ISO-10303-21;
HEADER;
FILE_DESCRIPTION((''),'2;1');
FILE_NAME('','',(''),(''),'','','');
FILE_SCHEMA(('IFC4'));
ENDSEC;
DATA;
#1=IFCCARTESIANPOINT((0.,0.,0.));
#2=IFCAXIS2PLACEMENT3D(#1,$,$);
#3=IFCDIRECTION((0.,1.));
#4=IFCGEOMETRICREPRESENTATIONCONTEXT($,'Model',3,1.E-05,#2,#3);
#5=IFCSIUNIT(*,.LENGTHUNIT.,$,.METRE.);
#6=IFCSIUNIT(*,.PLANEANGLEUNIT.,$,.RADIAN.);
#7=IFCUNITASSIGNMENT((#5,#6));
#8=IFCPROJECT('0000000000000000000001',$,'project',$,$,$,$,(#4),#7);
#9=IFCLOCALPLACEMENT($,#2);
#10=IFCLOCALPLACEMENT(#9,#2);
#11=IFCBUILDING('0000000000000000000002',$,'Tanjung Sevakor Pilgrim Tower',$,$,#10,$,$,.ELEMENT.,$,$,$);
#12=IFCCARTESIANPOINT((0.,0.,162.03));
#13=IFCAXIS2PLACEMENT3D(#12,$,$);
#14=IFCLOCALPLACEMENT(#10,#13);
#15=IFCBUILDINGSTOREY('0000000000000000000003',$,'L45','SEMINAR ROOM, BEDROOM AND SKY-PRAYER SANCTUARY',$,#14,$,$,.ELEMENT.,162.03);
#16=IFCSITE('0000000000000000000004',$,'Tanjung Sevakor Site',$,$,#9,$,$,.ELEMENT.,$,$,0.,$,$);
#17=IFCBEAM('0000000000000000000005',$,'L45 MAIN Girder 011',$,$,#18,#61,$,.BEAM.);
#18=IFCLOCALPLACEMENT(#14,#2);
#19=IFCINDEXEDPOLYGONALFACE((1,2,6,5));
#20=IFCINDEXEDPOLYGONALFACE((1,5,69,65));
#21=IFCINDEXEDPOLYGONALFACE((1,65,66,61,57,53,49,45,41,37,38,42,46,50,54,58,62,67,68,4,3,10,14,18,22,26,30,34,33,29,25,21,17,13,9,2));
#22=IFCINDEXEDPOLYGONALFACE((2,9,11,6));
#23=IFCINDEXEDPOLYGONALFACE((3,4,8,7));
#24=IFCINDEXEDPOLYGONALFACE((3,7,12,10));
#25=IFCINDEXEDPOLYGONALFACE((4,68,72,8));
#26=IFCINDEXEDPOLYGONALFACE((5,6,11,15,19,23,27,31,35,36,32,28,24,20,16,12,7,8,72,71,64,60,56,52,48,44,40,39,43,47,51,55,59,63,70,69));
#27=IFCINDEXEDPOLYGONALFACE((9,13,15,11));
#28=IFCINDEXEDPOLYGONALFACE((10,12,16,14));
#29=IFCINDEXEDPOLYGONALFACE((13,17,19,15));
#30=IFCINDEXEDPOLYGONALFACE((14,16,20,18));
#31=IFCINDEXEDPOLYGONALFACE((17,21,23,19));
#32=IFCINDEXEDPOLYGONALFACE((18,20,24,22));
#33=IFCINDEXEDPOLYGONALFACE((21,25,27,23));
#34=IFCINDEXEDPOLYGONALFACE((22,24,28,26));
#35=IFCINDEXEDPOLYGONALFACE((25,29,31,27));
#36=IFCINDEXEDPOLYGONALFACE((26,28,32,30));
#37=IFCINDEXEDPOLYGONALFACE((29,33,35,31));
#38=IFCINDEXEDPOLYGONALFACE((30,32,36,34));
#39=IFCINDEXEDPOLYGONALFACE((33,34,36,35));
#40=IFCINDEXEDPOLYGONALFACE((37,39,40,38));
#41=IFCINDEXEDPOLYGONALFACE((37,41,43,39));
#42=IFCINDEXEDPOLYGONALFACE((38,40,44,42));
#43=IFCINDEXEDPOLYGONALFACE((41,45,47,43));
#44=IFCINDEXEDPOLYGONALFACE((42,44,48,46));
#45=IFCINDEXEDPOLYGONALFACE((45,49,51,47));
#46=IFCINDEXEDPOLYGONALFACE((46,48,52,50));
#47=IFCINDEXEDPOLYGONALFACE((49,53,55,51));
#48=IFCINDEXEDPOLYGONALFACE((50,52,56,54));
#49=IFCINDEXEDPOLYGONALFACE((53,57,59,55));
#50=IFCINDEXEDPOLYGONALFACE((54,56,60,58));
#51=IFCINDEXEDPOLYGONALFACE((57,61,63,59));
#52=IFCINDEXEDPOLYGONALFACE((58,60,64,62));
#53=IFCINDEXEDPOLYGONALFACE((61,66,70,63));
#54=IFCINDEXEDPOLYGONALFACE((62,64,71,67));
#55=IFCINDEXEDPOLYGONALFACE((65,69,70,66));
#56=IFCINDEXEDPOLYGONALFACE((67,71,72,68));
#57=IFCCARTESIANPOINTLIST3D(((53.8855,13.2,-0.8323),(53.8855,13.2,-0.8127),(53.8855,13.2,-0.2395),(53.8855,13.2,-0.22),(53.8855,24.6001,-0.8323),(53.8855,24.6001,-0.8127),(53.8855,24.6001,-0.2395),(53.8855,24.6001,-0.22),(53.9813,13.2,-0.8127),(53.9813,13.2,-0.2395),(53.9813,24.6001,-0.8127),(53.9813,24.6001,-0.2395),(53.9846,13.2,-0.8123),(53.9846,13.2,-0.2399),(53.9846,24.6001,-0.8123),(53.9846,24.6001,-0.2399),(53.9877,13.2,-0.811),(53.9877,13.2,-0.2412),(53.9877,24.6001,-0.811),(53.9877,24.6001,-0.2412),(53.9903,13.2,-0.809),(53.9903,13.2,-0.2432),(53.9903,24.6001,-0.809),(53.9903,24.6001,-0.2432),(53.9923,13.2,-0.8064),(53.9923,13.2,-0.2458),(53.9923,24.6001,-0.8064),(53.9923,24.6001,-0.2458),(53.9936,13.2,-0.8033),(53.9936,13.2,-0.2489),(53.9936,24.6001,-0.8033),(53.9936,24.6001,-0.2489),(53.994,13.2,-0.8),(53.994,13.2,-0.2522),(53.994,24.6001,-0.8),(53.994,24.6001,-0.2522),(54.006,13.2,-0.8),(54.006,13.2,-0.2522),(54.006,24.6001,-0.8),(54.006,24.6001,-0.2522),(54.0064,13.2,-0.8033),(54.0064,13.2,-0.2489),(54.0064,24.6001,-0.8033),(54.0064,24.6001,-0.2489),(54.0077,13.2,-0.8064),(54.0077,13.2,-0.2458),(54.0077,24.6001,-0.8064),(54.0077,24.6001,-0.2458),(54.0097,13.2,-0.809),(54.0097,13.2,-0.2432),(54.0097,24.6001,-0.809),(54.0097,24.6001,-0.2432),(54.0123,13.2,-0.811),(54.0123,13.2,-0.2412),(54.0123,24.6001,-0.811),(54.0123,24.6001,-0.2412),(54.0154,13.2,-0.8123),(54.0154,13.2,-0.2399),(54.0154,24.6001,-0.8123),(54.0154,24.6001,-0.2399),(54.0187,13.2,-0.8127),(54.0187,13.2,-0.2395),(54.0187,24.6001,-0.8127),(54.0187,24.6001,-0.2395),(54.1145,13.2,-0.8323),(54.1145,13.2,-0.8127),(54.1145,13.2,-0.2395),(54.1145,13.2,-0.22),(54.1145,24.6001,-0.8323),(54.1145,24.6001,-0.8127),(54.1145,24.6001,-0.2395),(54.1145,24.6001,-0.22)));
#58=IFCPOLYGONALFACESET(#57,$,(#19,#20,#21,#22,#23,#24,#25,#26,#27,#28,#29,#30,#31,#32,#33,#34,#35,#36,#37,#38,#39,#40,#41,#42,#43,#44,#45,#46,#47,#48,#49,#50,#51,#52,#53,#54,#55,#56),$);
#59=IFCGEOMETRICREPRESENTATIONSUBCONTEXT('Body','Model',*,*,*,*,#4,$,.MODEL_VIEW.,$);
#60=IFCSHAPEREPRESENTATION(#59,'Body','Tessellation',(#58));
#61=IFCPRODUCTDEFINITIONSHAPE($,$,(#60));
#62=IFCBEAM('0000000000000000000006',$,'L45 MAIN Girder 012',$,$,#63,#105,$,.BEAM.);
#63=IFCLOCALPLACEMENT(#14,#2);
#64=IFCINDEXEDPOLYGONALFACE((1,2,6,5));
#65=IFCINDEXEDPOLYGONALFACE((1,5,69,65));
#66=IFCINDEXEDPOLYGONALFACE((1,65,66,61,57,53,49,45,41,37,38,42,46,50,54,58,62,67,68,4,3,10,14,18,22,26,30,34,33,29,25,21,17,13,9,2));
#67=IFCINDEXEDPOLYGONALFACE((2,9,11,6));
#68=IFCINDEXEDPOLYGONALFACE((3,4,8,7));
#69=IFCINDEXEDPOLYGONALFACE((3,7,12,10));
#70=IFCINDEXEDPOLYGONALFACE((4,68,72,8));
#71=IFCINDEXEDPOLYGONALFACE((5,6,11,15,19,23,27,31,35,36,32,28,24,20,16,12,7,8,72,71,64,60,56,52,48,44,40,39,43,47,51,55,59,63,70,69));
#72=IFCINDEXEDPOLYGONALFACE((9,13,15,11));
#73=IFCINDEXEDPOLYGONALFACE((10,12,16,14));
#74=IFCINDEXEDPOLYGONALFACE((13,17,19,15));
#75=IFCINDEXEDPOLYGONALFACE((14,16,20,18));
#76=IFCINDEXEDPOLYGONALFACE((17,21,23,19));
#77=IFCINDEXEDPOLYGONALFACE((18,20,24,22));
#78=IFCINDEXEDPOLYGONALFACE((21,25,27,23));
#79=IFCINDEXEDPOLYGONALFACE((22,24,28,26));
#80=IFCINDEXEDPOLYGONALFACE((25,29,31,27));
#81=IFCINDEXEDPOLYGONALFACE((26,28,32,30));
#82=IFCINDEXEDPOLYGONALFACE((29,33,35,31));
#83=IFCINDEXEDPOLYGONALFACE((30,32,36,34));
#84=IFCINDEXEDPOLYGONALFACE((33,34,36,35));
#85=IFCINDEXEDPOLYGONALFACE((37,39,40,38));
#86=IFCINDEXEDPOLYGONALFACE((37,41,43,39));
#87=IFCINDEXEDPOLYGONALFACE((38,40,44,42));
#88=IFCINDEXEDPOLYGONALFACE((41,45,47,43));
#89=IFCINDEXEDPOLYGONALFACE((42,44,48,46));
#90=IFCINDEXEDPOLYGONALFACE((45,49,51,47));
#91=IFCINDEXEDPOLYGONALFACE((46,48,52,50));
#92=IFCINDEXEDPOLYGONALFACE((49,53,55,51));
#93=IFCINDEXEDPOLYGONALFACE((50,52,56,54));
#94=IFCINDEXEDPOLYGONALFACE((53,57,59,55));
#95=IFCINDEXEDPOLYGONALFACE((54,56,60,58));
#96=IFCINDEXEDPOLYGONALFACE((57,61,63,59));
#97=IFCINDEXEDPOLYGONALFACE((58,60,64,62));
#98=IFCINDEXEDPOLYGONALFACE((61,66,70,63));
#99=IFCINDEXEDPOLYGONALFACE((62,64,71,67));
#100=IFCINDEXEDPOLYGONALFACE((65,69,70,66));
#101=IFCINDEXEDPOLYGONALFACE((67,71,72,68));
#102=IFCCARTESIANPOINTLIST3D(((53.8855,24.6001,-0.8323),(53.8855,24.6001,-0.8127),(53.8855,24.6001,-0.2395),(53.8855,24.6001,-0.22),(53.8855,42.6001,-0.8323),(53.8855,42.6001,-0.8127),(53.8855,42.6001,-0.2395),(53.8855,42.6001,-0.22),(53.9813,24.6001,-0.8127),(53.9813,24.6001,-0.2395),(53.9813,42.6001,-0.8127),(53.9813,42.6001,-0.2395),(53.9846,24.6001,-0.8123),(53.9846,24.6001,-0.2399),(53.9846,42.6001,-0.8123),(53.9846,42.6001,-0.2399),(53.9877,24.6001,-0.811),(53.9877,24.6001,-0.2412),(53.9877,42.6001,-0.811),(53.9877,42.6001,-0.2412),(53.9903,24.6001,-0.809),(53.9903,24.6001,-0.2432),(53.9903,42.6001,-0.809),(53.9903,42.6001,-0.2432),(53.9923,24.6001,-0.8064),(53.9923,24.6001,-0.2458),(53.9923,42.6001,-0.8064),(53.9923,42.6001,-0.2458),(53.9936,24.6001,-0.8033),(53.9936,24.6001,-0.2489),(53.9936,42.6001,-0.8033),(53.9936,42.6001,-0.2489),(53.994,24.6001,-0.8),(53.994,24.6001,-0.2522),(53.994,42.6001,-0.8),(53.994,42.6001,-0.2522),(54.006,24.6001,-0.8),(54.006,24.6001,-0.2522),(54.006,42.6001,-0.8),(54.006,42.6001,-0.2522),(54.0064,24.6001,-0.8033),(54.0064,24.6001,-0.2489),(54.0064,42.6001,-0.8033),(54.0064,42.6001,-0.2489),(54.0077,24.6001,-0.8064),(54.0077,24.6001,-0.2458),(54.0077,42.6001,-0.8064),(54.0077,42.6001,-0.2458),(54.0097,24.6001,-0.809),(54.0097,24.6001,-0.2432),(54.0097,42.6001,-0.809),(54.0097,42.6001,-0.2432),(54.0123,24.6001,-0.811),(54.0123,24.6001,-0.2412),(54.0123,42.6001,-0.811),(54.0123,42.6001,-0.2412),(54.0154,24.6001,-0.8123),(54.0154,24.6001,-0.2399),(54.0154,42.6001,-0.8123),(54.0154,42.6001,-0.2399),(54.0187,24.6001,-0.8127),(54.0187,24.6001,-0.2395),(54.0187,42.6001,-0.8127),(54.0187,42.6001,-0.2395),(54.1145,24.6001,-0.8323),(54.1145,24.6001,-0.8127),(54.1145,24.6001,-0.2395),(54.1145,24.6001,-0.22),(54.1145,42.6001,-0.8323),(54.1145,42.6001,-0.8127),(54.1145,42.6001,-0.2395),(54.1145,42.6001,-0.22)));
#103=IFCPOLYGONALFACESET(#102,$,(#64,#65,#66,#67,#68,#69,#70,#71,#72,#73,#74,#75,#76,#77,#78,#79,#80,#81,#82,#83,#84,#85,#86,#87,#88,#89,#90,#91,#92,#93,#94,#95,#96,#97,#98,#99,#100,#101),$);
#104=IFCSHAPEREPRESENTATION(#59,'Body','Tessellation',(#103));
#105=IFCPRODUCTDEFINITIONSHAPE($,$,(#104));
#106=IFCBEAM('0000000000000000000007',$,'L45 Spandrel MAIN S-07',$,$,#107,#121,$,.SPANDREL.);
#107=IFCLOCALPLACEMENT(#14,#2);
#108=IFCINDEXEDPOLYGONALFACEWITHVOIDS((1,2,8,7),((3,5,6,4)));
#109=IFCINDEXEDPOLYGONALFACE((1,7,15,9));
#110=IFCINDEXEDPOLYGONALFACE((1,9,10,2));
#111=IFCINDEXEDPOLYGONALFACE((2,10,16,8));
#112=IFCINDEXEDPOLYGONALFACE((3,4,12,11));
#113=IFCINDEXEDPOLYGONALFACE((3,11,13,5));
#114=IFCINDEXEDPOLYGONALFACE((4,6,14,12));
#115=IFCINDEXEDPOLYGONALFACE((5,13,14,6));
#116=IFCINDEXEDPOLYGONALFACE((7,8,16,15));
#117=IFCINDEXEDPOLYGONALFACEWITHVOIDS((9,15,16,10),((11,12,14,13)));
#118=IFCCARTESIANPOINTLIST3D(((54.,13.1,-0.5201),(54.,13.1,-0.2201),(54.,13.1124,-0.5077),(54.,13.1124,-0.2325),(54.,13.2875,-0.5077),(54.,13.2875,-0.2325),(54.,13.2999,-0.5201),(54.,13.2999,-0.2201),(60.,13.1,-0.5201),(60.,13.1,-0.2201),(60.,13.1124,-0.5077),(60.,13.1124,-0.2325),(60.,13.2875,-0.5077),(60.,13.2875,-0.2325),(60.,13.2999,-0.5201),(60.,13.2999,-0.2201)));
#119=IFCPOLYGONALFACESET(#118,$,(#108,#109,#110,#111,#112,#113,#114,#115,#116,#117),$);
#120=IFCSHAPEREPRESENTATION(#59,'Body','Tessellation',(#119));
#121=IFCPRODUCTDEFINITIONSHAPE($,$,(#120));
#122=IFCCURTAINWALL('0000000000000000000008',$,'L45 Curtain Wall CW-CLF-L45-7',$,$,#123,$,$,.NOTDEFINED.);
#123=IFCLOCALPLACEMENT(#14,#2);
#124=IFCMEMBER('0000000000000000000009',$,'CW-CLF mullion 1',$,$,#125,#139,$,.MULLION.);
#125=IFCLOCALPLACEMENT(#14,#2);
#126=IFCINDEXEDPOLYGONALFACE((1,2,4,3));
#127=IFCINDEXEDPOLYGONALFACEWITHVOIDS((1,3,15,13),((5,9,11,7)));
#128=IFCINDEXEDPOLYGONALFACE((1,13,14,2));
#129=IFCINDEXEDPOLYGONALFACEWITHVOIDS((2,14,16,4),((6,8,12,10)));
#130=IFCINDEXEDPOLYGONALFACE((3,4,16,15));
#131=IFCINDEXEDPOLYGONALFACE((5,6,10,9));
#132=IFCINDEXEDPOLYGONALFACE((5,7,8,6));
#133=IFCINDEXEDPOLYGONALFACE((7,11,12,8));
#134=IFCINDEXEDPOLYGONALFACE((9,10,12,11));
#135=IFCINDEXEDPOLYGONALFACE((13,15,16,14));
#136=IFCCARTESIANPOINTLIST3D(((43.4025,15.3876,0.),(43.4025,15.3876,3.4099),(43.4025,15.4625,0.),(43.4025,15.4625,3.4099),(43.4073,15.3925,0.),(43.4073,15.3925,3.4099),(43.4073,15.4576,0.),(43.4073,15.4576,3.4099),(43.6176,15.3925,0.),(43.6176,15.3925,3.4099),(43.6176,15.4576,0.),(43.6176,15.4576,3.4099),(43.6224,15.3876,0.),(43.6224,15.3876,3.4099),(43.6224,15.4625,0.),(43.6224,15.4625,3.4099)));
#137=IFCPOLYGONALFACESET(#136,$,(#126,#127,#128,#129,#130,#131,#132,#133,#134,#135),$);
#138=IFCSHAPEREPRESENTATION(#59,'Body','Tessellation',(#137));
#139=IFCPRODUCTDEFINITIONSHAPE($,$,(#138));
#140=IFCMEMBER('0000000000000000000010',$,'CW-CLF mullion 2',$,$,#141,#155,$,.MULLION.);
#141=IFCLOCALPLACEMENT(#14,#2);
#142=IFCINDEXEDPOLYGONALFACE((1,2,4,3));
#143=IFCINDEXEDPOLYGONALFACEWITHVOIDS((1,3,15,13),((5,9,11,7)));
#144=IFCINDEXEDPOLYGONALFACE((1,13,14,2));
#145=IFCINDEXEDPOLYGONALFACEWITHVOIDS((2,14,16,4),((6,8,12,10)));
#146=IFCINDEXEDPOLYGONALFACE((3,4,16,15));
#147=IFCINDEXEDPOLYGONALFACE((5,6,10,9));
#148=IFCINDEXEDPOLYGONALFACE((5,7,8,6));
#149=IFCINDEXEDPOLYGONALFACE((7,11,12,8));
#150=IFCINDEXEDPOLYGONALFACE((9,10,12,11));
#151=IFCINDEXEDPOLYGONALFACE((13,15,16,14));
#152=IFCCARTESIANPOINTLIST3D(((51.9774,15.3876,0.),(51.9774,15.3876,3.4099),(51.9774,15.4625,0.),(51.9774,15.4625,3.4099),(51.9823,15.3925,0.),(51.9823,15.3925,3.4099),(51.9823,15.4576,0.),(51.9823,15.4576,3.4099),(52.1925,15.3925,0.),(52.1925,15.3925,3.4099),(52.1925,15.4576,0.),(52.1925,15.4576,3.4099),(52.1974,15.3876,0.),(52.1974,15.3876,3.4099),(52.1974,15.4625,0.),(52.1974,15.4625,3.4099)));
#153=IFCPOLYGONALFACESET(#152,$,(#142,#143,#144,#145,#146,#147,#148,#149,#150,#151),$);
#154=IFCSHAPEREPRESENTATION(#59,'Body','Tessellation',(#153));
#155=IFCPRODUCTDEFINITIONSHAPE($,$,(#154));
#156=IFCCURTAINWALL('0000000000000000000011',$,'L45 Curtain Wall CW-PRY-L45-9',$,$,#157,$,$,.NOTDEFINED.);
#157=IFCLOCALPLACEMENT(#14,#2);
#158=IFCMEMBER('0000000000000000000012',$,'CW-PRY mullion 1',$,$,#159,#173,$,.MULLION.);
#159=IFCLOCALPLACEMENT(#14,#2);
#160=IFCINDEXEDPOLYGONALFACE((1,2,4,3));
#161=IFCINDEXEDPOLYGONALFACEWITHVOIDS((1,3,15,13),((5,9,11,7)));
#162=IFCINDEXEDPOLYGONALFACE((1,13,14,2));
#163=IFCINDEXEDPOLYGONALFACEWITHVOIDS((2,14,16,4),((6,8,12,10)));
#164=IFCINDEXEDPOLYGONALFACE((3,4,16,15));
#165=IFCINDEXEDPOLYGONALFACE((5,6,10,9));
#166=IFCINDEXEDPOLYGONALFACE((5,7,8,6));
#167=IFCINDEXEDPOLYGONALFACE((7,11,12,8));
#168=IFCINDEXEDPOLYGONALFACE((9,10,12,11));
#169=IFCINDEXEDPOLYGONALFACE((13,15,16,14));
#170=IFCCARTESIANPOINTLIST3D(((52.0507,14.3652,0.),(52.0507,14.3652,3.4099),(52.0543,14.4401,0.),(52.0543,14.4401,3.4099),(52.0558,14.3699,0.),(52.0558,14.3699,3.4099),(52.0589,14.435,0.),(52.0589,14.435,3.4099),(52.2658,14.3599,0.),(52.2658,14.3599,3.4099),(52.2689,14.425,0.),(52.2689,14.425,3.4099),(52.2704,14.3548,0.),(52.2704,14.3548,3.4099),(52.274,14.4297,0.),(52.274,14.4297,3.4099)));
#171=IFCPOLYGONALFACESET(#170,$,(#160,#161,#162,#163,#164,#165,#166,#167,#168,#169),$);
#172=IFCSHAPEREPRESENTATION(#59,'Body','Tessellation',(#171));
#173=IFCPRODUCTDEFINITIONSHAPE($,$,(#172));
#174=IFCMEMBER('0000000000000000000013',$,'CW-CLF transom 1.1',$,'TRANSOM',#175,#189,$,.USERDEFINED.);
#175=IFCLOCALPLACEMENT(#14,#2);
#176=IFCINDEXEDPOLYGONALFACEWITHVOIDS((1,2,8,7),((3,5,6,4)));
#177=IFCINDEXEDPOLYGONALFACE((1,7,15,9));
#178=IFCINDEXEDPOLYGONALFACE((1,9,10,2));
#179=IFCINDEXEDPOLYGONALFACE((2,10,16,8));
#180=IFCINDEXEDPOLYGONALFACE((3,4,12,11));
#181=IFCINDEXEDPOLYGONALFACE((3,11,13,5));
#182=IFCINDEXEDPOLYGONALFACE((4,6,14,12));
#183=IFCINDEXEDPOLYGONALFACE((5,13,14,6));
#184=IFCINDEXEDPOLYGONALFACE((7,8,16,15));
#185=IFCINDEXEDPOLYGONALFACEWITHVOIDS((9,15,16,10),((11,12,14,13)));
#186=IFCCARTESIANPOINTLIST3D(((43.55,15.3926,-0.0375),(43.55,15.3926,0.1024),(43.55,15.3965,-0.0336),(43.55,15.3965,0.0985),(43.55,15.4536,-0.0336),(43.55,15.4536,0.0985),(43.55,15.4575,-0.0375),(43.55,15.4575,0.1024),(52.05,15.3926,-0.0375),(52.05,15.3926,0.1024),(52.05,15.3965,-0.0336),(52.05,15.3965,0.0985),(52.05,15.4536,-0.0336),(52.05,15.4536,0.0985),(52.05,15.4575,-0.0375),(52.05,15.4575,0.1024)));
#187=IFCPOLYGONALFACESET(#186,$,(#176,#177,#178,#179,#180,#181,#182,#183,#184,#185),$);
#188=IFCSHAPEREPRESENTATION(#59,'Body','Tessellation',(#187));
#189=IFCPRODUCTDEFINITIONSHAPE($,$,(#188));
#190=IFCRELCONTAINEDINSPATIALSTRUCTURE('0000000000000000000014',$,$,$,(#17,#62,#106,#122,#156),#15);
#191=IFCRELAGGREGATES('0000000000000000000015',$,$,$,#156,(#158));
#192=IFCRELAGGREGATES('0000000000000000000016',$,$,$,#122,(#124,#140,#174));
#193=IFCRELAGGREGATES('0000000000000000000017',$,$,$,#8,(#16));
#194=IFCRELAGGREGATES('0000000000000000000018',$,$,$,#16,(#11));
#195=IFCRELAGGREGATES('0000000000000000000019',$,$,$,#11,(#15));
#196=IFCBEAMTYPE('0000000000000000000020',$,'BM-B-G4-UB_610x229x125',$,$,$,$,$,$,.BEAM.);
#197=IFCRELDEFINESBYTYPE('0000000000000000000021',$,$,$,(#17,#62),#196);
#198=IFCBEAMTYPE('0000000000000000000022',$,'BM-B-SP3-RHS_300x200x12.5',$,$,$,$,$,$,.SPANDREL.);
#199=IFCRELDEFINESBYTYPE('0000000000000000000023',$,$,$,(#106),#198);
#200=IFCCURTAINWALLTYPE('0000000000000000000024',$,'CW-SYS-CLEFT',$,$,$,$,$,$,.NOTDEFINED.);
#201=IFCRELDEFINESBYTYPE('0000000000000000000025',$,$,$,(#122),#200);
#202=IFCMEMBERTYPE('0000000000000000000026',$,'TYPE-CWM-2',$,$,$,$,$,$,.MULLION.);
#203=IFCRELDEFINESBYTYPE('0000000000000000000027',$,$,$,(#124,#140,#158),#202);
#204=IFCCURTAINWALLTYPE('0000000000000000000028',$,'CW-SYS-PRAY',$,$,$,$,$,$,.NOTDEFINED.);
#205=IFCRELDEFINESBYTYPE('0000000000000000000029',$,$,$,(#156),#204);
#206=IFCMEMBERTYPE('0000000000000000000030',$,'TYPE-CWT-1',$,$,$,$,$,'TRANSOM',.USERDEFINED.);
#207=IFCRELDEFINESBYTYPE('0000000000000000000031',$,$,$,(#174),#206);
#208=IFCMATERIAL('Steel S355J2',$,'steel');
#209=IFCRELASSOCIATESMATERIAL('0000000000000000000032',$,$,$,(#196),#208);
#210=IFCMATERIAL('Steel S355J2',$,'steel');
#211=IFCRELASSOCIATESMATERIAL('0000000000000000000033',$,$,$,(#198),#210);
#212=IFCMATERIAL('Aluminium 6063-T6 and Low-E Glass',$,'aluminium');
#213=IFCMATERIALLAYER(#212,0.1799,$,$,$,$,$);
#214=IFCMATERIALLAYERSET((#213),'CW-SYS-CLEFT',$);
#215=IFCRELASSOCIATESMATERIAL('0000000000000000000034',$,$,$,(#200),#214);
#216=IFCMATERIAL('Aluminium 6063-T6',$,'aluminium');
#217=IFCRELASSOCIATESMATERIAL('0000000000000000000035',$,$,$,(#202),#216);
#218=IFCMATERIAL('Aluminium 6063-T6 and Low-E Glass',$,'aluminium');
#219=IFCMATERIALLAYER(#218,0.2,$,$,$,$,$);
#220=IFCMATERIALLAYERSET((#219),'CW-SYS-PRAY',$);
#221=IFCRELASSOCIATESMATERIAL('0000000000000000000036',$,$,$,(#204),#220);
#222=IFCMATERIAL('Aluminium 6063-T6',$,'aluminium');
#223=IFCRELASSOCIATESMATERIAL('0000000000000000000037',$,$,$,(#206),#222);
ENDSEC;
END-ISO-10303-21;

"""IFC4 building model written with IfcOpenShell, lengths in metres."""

from ifc_helpers import new_model, si_unit, direction, frame, origin, origin_2d, place, context, subcontext, project, spatial, hollow_rectangle, i_section, extrude, material, layer, layer_set, material_profile, profile_set, type_object, element, aggregate, save


model = new_model("IFC4")

# Units and contexts
model_context = context("Model", 3, precision=1e-05, world=origin(), true_north=direction((0.0, 1.0)))
body_context = subcontext(model_context, "Body", "Model", "MODEL_VIEW")
ifc_project = project(units=[si_unit("LENGTHUNIT", "METRE"), si_unit("PLANEANGLEUNIT", "RADIAN")], contexts=[model_context])

# Site, building, storey
site_placement = place(None, origin())
site = spatial("IfcSite", under=ifc_project, at=site_placement, Name="Tanjung Sevakor Site", CompositionType="ELEMENT", RefElevation=0.0)
building_placement = place(site_placement, origin())
building = spatial("IfcBuilding", under=site, at=building_placement, Name="Tanjung Sevakor Pilgrim Tower", CompositionType="ELEMENT")
storey_placement = place(building_placement, frame((0.0, 0.0, 162.03)))
storey = spatial("IfcBuildingStorey", under=building, at=storey_placement, Name="L45", Description="SEMINAR ROOM, BEDROOM AND SKY-PRAYER SANCTUARY", CompositionType="ELEMENT", Elevation=162.03)

# Beams
ifc_material_1 = material(Name="Steel S355J2", Category="steel")
ifc_material_profile_1 = material_profile(ifc_material_1, i_section(OverallWidth=0.229, OverallDepth=0.6123, WebThickness=0.012, FlangeThickness=0.0195, FilletRadius=0.0127, at=origin_2d()))
ifc_profile_set_1 = profile_set([ifc_material_profile_1], Name="Steel S355J2")
beam_type_1 = type_object("IfcBeamType", Name="BM-B-G4-UB_610x229x125", PredefinedType="BEAM", material=ifc_profile_set_1)
beam_1_placement = place(storey_placement, frame((54.0, 13.2, -0.5261), z_axis=(0.0, 1.0, 0.0), x_axis=(-1.0, 0.0, 0.0)))
element("IfcBeam", 1, at=beam_1_placement, inside=storey, type_object=beam_type_1, Name="L45 MAIN Girder 011", PredefinedType="BEAM", context=body_context, shape_type="SweptSolid", body=[
    extrude(i_section(OverallWidth=0.229, OverallDepth=0.6123, WebThickness=0.012, FlangeThickness=0.0195, FilletRadius=0.0127, at=origin_2d()), origin(), (0.0, 0.0, 1.0), 11.4001),
])
beam_2_placement = place(storey_placement, frame((54.0, 24.6001, -0.5261), z_axis=(0.0, 1.0, 0.0), x_axis=(-1.0, 0.0, 0.0)))
element("IfcBeam", 2, at=beam_2_placement, inside=storey, type_object=beam_type_1, Name="L45 MAIN Girder 012", PredefinedType="BEAM", context=body_context, shape_type="SweptSolid", body=[
    extrude(i_section(OverallWidth=0.229, OverallDepth=0.6123, WebThickness=0.012, FlangeThickness=0.0195, FilletRadius=0.0127, at=origin_2d()), origin(), (0.0, 0.0, 1.0), 18.0),
])
ifc_material_2 = material(Name="Steel S355J2", Category="steel")
ifc_material_profile_2 = material_profile(ifc_material_2, hollow_rectangle(XDim=0.2, YDim=0.3, WallThickness=0.0125, at=origin_2d()))
ifc_profile_set_2 = profile_set([ifc_material_profile_2], Name="Steel S355J2")
beam_type_2 = type_object("IfcBeamType", Name="BM-B-SP3-RHS_300x200x12.5", PredefinedType="SPANDREL", material=ifc_profile_set_2)
beam_3_placement = place(storey_placement, frame((54.0, 13.2, -0.3701), z_axis=(1.0, 0.0, 0.0), x_axis=(0.0, 1.0, 0.0)))
element("IfcBeam", 3, at=beam_3_placement, inside=storey, type_object=beam_type_2, Name="L45 Spandrel MAIN S-07", PredefinedType="SPANDREL", context=body_context, shape_type="SweptSolid", body=[
    extrude(hollow_rectangle(XDim=0.2, YDim=0.3, WallThickness=0.0125, at=origin_2d()), origin(), (0.0, 0.0, 1.0), 6.0),
])

# Curtain wall, members
ifc_material_3 = material(Name="Aluminium 6063-T6 and Low-E Glass", Category="aluminium")
ifc_layer_1 = layer(ifc_material_3, 0.1799)
ifc_layer_set_1 = layer_set([ifc_layer_1], Name="CW-SYS-CLEFT")
curtain_wall_type_1 = type_object("IfcCurtainWallType", Name="CW-SYS-CLEFT", PredefinedType="NOTDEFINED", material=ifc_layer_set_1)
curtain_wall_1_placement = place(storey_placement, origin())
curtain_wall_1 = element("IfcCurtainWall", 4, at=curtain_wall_1_placement, inside=storey, type_object=curtain_wall_type_1, Name="L45 Curtain Wall CW-CLF-L45-7", PredefinedType="NOTDEFINED")
ifc_material_4 = material(Name="Aluminium 6063-T6", Category="aluminium")
ifc_material_profile_3 = material_profile(ifc_material_4, hollow_rectangle(XDim=0.075, YDim=0.22, WallThickness=0.0049, at=origin_2d()))
ifc_profile_set_3 = profile_set([ifc_material_profile_3], Name="Aluminium 6063-T6")
member_type_1 = type_object("IfcMemberType", Name="TYPE-CWM-2", PredefinedType="MULLION", material=ifc_profile_set_3)
member_1_placement = place(storey_placement, frame((43.5125, 15.425, 0.0), z_axis=(0.0, 0.0, 1.0), x_axis=(0.0, 1.0, 0.0)))
member_1 = element("IfcMember", 5, at=member_1_placement, type_object=member_type_1, Name="CW-CLF mullion 1", PredefinedType="MULLION", context=body_context, shape_type="SweptSolid", body=[
    extrude(hollow_rectangle(XDim=0.075, YDim=0.22, WallThickness=0.0049, at=origin_2d()), origin(), (0.0, 0.0, 1.0), 3.4099),
])
member_2_placement = place(storey_placement, frame((52.0874, 15.425, 0.0), z_axis=(0.0, 0.0, 1.0), x_axis=(0.0, 1.0, 0.0)))
member_2 = element("IfcMember", 6, at=member_2_placement, type_object=member_type_1, Name="CW-CLF mullion 2", PredefinedType="MULLION", context=body_context, shape_type="SweptSolid", body=[
    extrude(hollow_rectangle(XDim=0.075, YDim=0.22, WallThickness=0.0049, at=origin_2d()), origin(), (0.0, 0.0, 1.0), 3.4099),
])

# Curtain wall, member
ifc_material_5 = material(Name="Aluminium 6063-T6 and Low-E Glass", Category="aluminium")
ifc_layer_2 = layer(ifc_material_5, 0.2)
ifc_layer_set_2 = layer_set([ifc_layer_2], Name="CW-SYS-PRAY")
curtain_wall_type_2 = type_object("IfcCurtainWallType", Name="CW-SYS-PRAY", PredefinedType="NOTDEFINED", material=ifc_layer_set_2)
curtain_wall_2_placement = place(storey_placement, origin())
curtain_wall_2 = element("IfcCurtainWall", 7, at=curtain_wall_2_placement, inside=storey, type_object=curtain_wall_type_2, Name="L45 Curtain Wall CW-PRY-L45-9", PredefinedType="NOTDEFINED")
member_3_placement = place(storey_placement, frame((52.1624, 14.3975, 0.0), z_axis=(0.0, 0.0, 1.0), x_axis=(0.047343, 0.998879, 0.0)))
member_3 = element("IfcMember", 8, at=member_3_placement, type_object=member_type_1, Name="CW-PRY mullion 1", PredefinedType="MULLION", context=body_context, shape_type="SweptSolid", body=[
    extrude(hollow_rectangle(XDim=0.075, YDim=0.22, WallThickness=0.0049, at=origin_2d()), origin(), (0.0, 0.0, 1.0), 3.4099),
])

# Member
ifc_material_6 = material(Name="Aluminium 6063-T6", Category="aluminium")
ifc_material_profile_4 = material_profile(ifc_material_6, hollow_rectangle(XDim=0.0649, YDim=0.1399, WallThickness=0.0039, at=origin_2d()))
ifc_profile_set_4 = profile_set([ifc_material_profile_4], Name="Aluminium 6063-T6")
member_type_2 = type_object("IfcMemberType", Name="TYPE-CWT-1", ElementType="TRANSOM", PredefinedType="USERDEFINED", material=ifc_profile_set_4)
member_4_placement = place(storey_placement, frame((43.55, 15.425, 0.0325), z_axis=(1.0, 0.0, 0.0), x_axis=(0.0, 1.0, 0.0)))
member_4 = element("IfcMember", 9, at=member_4_placement, type_object=member_type_2, Name="CW-CLF transom 1.1", ObjectType="TRANSOM", PredefinedType="USERDEFINED", context=body_context, shape_type="SweptSolid", body=[
    extrude(hollow_rectangle(XDim=0.0649, YDim=0.1399, WallThickness=0.0039, at=origin_2d()), origin(), (0.0, 0.0, 1.0), 8.5),
])
aggregate(curtain_wall_2, [member_3])

aggregate(curtain_wall_1, [member_1, member_2, member_4])

save(model, "model.ifc")
